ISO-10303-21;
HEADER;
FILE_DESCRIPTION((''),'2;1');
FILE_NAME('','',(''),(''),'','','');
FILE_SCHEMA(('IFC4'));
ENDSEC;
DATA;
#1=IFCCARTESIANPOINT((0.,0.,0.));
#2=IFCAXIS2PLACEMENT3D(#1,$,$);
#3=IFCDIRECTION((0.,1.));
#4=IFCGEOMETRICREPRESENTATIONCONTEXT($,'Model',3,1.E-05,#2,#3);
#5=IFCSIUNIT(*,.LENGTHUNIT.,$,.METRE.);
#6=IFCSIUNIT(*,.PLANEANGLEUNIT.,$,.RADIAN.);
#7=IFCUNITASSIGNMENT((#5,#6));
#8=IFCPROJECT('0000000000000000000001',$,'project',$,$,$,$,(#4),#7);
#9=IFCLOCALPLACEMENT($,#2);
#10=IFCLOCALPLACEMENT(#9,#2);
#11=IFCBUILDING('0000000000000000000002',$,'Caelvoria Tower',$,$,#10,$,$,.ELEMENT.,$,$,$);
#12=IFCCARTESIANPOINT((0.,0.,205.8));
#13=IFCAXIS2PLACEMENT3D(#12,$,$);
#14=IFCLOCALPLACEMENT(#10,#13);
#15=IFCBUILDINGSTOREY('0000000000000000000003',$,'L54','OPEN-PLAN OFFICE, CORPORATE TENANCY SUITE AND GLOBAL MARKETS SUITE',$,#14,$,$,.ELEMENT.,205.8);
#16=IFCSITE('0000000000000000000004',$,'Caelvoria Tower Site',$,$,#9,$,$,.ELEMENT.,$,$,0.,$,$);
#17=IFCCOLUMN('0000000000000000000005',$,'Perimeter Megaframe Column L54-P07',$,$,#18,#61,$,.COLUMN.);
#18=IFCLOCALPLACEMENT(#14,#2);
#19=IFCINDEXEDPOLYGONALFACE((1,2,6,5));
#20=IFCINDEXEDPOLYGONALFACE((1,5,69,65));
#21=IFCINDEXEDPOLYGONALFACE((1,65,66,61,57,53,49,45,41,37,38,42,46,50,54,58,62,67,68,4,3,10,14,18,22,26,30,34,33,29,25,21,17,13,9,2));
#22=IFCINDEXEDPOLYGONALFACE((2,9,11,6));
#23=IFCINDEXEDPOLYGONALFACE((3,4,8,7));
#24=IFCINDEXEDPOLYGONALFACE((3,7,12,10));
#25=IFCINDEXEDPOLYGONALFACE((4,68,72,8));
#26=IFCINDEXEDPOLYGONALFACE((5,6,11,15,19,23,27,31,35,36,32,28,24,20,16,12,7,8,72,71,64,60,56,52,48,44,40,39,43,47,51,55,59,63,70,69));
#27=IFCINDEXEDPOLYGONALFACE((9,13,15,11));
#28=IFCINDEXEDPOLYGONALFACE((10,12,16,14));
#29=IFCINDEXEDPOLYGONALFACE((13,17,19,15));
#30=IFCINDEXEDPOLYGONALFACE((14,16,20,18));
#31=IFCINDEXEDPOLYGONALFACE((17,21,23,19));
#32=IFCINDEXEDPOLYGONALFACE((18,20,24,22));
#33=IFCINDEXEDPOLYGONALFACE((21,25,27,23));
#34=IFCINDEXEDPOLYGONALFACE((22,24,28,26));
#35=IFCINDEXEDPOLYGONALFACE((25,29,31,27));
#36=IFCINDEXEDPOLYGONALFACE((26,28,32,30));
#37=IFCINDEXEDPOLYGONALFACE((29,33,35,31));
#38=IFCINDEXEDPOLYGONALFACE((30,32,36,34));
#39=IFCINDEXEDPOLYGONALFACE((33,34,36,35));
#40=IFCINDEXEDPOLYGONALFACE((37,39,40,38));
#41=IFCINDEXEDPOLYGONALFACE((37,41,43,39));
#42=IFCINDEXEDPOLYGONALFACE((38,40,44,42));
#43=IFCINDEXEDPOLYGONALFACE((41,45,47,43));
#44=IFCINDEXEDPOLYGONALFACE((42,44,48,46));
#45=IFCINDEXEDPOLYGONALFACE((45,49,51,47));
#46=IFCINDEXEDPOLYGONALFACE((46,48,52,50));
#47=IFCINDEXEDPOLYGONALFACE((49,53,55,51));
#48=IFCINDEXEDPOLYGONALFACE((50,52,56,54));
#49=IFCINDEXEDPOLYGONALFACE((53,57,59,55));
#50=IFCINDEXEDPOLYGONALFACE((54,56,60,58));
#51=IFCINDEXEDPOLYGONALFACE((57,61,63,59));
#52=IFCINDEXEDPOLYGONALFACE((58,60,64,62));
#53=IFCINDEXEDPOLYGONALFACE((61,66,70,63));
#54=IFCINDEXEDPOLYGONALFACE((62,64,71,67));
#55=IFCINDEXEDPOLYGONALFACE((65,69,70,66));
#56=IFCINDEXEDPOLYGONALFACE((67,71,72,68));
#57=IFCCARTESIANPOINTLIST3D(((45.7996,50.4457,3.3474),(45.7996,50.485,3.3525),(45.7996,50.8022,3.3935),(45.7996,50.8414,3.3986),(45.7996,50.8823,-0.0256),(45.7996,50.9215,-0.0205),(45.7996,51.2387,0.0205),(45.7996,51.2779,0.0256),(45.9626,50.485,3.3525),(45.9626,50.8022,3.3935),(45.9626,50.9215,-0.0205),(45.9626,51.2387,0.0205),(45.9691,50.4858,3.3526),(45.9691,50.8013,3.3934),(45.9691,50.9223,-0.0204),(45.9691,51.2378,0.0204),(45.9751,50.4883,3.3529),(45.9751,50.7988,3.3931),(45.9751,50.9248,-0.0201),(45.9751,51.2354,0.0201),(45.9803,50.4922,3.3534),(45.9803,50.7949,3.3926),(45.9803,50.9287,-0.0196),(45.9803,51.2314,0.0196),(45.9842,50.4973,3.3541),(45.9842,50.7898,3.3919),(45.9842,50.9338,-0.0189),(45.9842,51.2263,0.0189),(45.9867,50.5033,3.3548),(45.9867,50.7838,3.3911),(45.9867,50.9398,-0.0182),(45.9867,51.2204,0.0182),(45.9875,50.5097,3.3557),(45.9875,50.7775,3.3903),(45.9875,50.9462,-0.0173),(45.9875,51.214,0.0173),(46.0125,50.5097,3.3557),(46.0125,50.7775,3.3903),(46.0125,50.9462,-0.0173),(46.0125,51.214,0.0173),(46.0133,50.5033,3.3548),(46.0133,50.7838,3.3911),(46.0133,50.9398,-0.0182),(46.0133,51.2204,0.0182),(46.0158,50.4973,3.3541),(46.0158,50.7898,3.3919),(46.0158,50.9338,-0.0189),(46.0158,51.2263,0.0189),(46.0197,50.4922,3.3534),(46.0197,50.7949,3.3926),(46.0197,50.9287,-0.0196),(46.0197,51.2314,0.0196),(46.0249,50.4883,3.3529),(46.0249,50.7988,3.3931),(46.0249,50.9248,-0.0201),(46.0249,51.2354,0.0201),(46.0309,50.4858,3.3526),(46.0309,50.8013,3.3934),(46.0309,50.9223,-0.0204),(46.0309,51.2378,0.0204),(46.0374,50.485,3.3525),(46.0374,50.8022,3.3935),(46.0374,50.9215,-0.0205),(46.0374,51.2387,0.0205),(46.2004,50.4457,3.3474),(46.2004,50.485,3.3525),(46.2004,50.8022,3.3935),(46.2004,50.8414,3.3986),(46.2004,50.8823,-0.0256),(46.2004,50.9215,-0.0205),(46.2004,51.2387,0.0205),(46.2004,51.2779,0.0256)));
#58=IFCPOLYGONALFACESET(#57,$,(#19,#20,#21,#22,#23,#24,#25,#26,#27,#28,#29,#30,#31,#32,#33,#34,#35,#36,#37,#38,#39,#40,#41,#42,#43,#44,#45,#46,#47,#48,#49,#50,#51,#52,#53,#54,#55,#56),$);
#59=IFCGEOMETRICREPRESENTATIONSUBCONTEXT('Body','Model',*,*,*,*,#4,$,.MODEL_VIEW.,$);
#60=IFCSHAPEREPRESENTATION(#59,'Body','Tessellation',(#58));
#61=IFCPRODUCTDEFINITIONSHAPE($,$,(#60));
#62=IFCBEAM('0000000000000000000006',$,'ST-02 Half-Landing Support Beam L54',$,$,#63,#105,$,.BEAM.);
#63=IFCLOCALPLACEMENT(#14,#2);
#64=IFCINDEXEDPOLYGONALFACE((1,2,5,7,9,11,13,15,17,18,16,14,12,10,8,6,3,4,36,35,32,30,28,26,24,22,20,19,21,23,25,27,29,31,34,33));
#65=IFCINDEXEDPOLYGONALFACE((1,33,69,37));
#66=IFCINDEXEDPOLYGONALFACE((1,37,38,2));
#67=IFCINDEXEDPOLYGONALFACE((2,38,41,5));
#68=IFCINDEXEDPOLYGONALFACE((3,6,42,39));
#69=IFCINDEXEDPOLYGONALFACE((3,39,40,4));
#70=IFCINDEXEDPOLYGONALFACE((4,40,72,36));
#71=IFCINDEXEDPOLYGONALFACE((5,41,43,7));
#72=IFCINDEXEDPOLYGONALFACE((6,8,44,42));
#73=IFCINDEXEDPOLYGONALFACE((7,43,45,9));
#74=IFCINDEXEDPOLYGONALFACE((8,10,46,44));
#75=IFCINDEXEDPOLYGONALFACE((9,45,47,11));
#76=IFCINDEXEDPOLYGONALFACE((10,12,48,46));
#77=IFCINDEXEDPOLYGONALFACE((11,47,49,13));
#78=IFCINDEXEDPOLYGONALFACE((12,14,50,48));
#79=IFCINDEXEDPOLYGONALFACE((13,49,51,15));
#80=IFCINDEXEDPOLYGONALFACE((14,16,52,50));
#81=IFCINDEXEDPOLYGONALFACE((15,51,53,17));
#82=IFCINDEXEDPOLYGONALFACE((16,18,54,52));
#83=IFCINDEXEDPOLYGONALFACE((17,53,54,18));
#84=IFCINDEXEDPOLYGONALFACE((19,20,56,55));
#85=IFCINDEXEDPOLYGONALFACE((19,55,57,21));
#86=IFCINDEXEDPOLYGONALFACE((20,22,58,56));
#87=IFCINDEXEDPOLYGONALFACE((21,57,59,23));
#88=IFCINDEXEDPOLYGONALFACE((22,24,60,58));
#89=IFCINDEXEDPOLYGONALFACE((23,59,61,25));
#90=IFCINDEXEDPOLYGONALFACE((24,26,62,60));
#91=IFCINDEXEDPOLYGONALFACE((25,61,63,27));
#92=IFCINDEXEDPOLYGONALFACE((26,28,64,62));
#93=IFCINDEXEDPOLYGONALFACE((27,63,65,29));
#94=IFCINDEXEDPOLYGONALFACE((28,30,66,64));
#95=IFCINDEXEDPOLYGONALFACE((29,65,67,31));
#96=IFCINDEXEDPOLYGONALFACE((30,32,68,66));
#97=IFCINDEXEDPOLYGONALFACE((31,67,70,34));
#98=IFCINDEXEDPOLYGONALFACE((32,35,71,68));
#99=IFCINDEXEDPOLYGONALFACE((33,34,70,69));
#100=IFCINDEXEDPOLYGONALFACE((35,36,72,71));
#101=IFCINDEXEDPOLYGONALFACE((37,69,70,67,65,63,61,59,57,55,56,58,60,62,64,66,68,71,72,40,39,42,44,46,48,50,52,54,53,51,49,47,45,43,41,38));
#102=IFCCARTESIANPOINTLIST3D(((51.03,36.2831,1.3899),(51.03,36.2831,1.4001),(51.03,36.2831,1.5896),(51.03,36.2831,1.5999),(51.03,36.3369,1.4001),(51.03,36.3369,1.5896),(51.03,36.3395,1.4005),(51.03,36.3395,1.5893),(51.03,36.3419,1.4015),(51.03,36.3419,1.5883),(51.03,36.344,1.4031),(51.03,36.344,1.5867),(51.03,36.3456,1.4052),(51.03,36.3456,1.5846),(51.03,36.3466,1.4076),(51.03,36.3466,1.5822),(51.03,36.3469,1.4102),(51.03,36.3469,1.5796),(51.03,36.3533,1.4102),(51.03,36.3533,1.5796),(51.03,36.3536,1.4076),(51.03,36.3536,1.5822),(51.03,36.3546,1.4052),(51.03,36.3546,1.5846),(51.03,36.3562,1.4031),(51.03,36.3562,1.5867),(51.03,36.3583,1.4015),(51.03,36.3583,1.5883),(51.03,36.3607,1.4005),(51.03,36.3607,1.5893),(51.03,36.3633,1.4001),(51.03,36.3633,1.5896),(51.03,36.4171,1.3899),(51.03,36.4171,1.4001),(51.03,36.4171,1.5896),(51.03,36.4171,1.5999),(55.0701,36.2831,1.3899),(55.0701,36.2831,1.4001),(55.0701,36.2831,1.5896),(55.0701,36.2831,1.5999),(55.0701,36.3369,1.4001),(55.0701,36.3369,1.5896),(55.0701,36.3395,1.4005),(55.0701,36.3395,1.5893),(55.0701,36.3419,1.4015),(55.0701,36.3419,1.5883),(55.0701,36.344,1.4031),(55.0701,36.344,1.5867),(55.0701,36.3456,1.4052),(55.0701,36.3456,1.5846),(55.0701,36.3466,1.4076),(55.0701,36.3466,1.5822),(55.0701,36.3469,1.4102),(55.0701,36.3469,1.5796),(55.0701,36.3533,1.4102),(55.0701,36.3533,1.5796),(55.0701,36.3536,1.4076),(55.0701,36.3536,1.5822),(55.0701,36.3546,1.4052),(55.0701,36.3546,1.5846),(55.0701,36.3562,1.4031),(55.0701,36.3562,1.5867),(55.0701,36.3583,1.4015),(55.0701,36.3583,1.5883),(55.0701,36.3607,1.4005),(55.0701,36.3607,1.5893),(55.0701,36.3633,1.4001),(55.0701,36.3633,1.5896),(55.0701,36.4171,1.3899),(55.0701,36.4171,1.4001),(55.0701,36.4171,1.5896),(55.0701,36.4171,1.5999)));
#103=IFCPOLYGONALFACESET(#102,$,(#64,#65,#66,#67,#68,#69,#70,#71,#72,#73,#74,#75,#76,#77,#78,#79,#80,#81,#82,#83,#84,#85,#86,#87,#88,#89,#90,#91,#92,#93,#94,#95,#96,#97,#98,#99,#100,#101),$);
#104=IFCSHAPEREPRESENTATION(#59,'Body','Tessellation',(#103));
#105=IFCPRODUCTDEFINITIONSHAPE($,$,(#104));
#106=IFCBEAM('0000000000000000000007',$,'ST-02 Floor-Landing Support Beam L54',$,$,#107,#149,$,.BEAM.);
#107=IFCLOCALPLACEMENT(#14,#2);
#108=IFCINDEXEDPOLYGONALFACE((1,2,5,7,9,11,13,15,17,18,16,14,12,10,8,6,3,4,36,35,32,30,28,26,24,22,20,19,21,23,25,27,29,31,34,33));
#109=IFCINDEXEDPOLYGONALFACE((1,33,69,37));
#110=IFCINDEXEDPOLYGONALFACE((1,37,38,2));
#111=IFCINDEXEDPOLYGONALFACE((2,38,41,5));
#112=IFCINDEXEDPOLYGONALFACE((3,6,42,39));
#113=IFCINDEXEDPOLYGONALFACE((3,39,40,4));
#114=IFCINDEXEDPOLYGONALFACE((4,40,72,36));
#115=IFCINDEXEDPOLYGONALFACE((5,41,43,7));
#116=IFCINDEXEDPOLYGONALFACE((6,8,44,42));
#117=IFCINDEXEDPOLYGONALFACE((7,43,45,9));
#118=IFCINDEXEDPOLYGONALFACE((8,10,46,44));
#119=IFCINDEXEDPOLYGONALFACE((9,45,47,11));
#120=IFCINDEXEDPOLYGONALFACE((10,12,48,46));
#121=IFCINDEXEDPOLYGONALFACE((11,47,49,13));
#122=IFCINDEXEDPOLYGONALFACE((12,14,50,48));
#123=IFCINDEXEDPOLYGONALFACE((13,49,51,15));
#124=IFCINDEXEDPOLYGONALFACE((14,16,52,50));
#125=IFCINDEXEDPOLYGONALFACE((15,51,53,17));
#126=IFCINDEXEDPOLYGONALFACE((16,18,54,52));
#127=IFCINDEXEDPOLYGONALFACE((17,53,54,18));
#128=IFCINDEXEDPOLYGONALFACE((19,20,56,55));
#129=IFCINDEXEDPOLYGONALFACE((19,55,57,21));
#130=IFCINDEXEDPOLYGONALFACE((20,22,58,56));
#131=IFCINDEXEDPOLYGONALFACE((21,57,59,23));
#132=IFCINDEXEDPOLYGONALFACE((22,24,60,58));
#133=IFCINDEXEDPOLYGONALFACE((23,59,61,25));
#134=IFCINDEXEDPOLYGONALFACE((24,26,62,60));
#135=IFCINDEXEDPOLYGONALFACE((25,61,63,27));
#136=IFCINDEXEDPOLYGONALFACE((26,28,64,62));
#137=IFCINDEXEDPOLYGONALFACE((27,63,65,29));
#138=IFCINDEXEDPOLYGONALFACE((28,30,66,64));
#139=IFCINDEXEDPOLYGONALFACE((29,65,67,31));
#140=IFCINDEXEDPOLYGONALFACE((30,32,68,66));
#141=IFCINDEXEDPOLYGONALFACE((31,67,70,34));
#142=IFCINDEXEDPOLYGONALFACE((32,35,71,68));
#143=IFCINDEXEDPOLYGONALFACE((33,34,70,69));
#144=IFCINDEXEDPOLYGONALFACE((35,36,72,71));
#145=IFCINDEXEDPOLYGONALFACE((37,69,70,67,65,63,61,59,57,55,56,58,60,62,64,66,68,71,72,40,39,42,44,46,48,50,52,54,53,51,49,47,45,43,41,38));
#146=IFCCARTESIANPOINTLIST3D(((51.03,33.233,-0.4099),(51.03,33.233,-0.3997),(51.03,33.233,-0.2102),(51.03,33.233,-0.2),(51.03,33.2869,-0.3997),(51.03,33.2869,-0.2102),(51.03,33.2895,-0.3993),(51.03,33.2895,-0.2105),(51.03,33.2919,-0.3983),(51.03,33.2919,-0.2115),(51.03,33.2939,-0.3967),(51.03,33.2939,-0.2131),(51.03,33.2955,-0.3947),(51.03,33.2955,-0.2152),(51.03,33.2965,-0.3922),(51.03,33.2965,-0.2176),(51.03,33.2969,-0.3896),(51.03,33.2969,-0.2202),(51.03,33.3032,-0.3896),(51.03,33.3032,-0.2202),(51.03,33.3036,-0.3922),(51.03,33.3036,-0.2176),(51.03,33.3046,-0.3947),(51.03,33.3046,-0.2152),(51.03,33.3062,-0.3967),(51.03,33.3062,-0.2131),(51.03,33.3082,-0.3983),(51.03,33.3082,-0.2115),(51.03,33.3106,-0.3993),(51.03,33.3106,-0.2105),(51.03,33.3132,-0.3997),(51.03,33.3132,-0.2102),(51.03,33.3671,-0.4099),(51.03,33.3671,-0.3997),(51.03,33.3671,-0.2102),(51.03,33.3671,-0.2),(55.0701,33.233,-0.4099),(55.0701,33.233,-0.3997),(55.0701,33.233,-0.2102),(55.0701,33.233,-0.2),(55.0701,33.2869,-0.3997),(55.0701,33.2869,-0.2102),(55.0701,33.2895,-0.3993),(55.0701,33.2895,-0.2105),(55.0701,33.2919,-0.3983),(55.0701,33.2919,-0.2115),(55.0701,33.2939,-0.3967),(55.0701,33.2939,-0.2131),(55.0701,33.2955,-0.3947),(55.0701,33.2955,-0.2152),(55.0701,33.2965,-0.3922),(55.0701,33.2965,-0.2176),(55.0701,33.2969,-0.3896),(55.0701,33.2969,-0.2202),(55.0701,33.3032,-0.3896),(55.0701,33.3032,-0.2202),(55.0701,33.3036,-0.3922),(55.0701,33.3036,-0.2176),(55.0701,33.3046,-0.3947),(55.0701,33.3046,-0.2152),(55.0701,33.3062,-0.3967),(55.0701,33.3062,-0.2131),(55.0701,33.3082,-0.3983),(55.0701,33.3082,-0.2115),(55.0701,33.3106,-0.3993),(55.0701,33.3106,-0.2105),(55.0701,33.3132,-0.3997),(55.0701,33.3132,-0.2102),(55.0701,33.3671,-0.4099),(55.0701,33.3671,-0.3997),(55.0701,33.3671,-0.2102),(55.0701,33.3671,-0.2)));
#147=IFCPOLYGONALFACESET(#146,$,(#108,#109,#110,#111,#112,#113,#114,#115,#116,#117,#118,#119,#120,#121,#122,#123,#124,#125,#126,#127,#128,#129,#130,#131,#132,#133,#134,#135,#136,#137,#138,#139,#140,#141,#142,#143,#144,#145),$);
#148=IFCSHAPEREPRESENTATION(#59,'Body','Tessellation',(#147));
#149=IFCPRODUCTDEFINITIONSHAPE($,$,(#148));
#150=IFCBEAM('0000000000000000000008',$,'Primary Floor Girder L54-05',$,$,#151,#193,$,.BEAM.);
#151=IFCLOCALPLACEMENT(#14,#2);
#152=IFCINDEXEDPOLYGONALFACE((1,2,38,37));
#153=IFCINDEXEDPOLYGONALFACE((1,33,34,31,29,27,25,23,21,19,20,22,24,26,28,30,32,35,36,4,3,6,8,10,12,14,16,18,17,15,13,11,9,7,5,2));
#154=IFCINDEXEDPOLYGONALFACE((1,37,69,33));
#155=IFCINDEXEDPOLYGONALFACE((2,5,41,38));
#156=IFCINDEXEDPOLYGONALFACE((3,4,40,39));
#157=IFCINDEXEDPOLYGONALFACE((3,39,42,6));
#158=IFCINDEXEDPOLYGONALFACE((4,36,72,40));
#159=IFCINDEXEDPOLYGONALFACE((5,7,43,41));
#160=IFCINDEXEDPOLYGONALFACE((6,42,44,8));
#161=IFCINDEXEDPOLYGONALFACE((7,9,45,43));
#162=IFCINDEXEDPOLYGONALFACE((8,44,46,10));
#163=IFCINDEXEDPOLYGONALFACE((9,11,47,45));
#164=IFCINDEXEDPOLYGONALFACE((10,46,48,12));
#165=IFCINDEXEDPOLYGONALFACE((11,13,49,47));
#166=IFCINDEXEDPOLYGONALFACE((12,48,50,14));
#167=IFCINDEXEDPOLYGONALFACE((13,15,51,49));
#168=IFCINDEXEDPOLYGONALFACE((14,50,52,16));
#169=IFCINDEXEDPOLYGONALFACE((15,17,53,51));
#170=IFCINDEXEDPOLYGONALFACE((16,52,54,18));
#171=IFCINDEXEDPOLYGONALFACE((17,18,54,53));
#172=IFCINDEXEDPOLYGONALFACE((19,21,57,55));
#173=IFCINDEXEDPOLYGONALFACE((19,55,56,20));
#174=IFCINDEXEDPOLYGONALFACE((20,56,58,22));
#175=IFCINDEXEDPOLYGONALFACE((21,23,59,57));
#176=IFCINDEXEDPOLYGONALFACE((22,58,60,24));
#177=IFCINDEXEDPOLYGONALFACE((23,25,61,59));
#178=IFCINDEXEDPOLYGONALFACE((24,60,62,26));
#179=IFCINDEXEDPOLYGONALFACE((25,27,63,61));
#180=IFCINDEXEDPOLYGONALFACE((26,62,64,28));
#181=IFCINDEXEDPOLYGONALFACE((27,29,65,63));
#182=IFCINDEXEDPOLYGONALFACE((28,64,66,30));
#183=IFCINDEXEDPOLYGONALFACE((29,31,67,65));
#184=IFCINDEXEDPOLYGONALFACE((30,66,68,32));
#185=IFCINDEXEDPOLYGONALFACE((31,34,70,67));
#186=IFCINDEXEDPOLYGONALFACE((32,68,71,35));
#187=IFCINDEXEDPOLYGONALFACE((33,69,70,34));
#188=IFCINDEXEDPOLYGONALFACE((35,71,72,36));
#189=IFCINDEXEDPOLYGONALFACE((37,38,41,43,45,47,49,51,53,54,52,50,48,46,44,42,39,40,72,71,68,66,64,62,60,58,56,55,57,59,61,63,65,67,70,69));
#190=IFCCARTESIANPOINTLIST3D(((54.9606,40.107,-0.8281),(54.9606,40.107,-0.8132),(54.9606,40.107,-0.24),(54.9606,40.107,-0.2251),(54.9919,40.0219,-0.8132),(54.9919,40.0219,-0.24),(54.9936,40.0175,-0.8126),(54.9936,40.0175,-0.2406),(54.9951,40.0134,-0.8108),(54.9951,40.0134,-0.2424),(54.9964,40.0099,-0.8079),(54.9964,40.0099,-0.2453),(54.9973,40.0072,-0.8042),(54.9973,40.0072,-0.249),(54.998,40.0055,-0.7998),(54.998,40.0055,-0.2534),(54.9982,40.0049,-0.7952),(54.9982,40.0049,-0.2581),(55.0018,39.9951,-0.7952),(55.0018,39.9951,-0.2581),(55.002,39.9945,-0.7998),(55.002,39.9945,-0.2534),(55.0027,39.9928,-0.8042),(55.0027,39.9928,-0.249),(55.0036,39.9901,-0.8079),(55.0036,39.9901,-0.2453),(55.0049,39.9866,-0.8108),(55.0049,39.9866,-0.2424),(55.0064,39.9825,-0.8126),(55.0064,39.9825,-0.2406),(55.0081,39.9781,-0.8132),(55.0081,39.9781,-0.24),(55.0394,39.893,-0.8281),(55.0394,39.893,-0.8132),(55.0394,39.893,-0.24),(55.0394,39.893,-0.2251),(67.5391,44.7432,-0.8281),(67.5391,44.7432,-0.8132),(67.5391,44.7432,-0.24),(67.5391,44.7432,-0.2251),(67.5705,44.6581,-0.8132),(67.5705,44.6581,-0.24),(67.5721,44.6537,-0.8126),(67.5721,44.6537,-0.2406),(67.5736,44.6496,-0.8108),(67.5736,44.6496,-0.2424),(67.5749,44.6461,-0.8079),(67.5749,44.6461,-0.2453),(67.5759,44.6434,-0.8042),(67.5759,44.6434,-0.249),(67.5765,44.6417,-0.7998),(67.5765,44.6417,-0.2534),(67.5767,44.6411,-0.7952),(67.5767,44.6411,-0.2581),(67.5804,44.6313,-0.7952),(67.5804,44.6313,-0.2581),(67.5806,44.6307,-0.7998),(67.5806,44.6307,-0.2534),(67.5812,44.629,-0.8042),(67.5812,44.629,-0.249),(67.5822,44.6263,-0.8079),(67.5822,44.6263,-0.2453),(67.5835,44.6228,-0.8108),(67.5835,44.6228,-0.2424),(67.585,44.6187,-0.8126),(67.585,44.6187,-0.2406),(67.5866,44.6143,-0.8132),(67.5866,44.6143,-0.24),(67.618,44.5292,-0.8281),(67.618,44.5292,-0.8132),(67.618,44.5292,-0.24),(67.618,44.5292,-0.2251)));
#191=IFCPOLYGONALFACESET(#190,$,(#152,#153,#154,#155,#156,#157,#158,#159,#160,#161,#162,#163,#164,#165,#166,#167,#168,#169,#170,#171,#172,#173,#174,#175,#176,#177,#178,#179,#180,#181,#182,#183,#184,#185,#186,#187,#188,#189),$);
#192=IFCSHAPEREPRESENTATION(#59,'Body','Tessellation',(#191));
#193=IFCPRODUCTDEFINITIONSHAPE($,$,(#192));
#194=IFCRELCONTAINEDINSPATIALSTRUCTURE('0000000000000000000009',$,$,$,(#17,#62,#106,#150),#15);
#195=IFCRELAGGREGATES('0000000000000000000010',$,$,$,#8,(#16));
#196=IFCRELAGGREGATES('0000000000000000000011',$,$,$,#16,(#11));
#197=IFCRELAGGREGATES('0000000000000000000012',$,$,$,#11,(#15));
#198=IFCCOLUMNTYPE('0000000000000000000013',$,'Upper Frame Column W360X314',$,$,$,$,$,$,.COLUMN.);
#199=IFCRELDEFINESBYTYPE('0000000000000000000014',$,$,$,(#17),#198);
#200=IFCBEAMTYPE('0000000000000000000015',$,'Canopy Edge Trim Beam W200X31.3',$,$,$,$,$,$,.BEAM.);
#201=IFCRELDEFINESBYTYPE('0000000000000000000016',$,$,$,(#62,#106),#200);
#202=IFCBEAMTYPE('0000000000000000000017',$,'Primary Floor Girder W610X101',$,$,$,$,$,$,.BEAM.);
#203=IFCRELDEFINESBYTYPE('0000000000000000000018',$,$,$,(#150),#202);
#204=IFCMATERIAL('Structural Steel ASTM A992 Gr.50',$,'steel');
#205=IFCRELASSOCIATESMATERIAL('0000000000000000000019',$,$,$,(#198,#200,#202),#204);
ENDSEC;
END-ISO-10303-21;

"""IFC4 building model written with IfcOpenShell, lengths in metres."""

from ifc_helpers import new_model, si_unit, direction, frame, origin, origin_2d, place, context, subcontext, project, spatial, i_section, extrude, material, material_profile, profile_set, type_object, element, save


model = new_model("IFC4")

# Units and contexts
model_context = context("Model", 3, precision=1e-05, world=origin(), true_north=direction((0.0, 1.0)))
body_context = subcontext(model_context, "Body", "Model", "MODEL_VIEW")
ifc_project = project(units=[si_unit("LENGTHUNIT", "METRE"), si_unit("PLANEANGLEUNIT", "RADIAN")], contexts=[model_context])

# Site, building, storey
site_placement = place(None, origin())
site = spatial("IfcSite", under=ifc_project, at=site_placement, Name="Caelvoria Tower Site", CompositionType="ELEMENT", RefElevation=0.0)
building_placement = place(site_placement, origin())
building = spatial("IfcBuilding", under=site, at=building_placement, Name="Caelvoria Tower", CompositionType="ELEMENT")
storey_placement = place(building_placement, frame((0.0, 0.0, 205.8)))
storey = spatial("IfcBuildingStorey", under=building, at=storey_placement, Name="L54", Description="OPEN-PLAN OFFICE, CORPORATE TENANCY SUITE AND GLOBAL MARKETS SUITE", CompositionType="ELEMENT", Elevation=205.8)

# Column
ifc_material_1 = material(Name="Structural Steel ASTM A992 Gr.50", Category="steel")
ifc_material_profile_1 = material_profile(ifc_material_1, i_section(OverallWidth=0.4009, OverallDepth=0.3989, WebThickness=0.0249, FlangeThickness=0.0396, FilletRadius=0.0249, at=origin_2d()), Name="Structural Steel ASTM A992 Gr.50")
ifc_profile_set_1 = profile_set([ifc_material_profile_1], Name="W360X314 - Structural Steel ASTM A992 Gr.50")
column_type = type_object("IfcColumnType", Name="Upper Frame Column W360X314", PredefinedType="COLUMN", material=ifc_profile_set_1)
column_placement = place(storey_placement, frame((46.0, 51.0801, 0.0), z_axis=(0.0, -0.128345, 0.99173), x_axis=(1.0, 0.0, 0.0)))
element("IfcColumn", 1, at=column_placement, inside=storey, type_object=column_type, Name="Perimeter Megaframe Column L54-P07", PredefinedType="COLUMN", context=body_context, shape_type="SweptSolid", body=[
    extrude(i_section(OverallWidth=0.4009, OverallDepth=0.3989, WebThickness=0.0249, FlangeThickness=0.0396, FilletRadius=0.0249, at=origin_2d()), origin(), (0.0, 0.0, 1.0), 3.4011),
])

# Beams
ifc_material_profile_2 = material_profile(ifc_material_1, i_section(OverallWidth=0.134, OverallDepth=0.21, WebThickness=0.0063, FlangeThickness=0.0103, FilletRadius=0.01, at=origin_2d()), Name="Structural Steel ASTM A992 Gr.50")
ifc_profile_set_2 = profile_set([ifc_material_profile_2], Name="W200X31.3 - Structural Steel ASTM A992 Gr.50")
beam_type_1 = type_object("IfcBeamType", Name="Canopy Edge Trim Beam W200X31.3", PredefinedType="BEAM", material=ifc_profile_set_2)
for number, where, z_axis, x_axis, name in (
    (2, (51.03, 36.3501, 1.4949), (1.0, 0.0, 0.0), (0.0, 1.0, 0.0), "ST-02 Half-Landing Support Beam L54"),
    (3, (51.03, 33.3, -0.3049), (1.0, 0.0, 0.0), (0.0, 1.0, 0.0), "ST-02 Floor-Landing Support Beam L54"),
):
    element("IfcBeam", number, at=place(storey_placement, frame(where, z_axis=z_axis, x_axis=x_axis)), inside=storey, type_object=beam_type_1, Name=name, PredefinedType="BEAM", context=body_context, shape_type="SweptSolid", body=[
        extrude(i_section(OverallWidth=0.134, OverallDepth=0.21, WebThickness=0.0063, FlangeThickness=0.0103, FilletRadius=0.01, at=origin_2d()), origin(), (0.0, 0.0, 1.0), 4.04),
    ])
ifc_material_profile_3 = material_profile(ifc_material_1, i_section(OverallWidth=0.228, OverallDepth=0.603, WebThickness=0.0105, FlangeThickness=0.0149, FilletRadius=0.0181, at=origin_2d()), Name="Structural Steel ASTM A992 Gr.50")
ifc_profile_set_3 = profile_set([ifc_material_profile_3], Name="W610X101 - Structural Steel ASTM A992 Gr.50")
beam_type_2 = type_object("IfcBeamType", Name="Primary Floor Girder W610X101", PredefinedType="BEAM", material=ifc_profile_set_3)
beam_1_placement = place(storey_placement, frame((55.0, 40.0, -0.5266), z_axis=(0.938295, 0.345837, 0.0), x_axis=(-0.345837, 0.938295, 0.0)))
element("IfcBeam", 4, at=beam_1_placement, inside=storey, type_object=beam_type_2, Name="Primary Floor Girder L54-05", PredefinedType="BEAM", context=body_context, shape_type="SweptSolid", body=[
    extrude(i_section(OverallWidth=0.228, OverallDepth=0.603, WebThickness=0.0105, FlangeThickness=0.0149, FilletRadius=0.0181, at=origin_2d()), origin(), (0.0, 0.0, 1.0), 13.4058),
])

save(model, "model.ifc")
